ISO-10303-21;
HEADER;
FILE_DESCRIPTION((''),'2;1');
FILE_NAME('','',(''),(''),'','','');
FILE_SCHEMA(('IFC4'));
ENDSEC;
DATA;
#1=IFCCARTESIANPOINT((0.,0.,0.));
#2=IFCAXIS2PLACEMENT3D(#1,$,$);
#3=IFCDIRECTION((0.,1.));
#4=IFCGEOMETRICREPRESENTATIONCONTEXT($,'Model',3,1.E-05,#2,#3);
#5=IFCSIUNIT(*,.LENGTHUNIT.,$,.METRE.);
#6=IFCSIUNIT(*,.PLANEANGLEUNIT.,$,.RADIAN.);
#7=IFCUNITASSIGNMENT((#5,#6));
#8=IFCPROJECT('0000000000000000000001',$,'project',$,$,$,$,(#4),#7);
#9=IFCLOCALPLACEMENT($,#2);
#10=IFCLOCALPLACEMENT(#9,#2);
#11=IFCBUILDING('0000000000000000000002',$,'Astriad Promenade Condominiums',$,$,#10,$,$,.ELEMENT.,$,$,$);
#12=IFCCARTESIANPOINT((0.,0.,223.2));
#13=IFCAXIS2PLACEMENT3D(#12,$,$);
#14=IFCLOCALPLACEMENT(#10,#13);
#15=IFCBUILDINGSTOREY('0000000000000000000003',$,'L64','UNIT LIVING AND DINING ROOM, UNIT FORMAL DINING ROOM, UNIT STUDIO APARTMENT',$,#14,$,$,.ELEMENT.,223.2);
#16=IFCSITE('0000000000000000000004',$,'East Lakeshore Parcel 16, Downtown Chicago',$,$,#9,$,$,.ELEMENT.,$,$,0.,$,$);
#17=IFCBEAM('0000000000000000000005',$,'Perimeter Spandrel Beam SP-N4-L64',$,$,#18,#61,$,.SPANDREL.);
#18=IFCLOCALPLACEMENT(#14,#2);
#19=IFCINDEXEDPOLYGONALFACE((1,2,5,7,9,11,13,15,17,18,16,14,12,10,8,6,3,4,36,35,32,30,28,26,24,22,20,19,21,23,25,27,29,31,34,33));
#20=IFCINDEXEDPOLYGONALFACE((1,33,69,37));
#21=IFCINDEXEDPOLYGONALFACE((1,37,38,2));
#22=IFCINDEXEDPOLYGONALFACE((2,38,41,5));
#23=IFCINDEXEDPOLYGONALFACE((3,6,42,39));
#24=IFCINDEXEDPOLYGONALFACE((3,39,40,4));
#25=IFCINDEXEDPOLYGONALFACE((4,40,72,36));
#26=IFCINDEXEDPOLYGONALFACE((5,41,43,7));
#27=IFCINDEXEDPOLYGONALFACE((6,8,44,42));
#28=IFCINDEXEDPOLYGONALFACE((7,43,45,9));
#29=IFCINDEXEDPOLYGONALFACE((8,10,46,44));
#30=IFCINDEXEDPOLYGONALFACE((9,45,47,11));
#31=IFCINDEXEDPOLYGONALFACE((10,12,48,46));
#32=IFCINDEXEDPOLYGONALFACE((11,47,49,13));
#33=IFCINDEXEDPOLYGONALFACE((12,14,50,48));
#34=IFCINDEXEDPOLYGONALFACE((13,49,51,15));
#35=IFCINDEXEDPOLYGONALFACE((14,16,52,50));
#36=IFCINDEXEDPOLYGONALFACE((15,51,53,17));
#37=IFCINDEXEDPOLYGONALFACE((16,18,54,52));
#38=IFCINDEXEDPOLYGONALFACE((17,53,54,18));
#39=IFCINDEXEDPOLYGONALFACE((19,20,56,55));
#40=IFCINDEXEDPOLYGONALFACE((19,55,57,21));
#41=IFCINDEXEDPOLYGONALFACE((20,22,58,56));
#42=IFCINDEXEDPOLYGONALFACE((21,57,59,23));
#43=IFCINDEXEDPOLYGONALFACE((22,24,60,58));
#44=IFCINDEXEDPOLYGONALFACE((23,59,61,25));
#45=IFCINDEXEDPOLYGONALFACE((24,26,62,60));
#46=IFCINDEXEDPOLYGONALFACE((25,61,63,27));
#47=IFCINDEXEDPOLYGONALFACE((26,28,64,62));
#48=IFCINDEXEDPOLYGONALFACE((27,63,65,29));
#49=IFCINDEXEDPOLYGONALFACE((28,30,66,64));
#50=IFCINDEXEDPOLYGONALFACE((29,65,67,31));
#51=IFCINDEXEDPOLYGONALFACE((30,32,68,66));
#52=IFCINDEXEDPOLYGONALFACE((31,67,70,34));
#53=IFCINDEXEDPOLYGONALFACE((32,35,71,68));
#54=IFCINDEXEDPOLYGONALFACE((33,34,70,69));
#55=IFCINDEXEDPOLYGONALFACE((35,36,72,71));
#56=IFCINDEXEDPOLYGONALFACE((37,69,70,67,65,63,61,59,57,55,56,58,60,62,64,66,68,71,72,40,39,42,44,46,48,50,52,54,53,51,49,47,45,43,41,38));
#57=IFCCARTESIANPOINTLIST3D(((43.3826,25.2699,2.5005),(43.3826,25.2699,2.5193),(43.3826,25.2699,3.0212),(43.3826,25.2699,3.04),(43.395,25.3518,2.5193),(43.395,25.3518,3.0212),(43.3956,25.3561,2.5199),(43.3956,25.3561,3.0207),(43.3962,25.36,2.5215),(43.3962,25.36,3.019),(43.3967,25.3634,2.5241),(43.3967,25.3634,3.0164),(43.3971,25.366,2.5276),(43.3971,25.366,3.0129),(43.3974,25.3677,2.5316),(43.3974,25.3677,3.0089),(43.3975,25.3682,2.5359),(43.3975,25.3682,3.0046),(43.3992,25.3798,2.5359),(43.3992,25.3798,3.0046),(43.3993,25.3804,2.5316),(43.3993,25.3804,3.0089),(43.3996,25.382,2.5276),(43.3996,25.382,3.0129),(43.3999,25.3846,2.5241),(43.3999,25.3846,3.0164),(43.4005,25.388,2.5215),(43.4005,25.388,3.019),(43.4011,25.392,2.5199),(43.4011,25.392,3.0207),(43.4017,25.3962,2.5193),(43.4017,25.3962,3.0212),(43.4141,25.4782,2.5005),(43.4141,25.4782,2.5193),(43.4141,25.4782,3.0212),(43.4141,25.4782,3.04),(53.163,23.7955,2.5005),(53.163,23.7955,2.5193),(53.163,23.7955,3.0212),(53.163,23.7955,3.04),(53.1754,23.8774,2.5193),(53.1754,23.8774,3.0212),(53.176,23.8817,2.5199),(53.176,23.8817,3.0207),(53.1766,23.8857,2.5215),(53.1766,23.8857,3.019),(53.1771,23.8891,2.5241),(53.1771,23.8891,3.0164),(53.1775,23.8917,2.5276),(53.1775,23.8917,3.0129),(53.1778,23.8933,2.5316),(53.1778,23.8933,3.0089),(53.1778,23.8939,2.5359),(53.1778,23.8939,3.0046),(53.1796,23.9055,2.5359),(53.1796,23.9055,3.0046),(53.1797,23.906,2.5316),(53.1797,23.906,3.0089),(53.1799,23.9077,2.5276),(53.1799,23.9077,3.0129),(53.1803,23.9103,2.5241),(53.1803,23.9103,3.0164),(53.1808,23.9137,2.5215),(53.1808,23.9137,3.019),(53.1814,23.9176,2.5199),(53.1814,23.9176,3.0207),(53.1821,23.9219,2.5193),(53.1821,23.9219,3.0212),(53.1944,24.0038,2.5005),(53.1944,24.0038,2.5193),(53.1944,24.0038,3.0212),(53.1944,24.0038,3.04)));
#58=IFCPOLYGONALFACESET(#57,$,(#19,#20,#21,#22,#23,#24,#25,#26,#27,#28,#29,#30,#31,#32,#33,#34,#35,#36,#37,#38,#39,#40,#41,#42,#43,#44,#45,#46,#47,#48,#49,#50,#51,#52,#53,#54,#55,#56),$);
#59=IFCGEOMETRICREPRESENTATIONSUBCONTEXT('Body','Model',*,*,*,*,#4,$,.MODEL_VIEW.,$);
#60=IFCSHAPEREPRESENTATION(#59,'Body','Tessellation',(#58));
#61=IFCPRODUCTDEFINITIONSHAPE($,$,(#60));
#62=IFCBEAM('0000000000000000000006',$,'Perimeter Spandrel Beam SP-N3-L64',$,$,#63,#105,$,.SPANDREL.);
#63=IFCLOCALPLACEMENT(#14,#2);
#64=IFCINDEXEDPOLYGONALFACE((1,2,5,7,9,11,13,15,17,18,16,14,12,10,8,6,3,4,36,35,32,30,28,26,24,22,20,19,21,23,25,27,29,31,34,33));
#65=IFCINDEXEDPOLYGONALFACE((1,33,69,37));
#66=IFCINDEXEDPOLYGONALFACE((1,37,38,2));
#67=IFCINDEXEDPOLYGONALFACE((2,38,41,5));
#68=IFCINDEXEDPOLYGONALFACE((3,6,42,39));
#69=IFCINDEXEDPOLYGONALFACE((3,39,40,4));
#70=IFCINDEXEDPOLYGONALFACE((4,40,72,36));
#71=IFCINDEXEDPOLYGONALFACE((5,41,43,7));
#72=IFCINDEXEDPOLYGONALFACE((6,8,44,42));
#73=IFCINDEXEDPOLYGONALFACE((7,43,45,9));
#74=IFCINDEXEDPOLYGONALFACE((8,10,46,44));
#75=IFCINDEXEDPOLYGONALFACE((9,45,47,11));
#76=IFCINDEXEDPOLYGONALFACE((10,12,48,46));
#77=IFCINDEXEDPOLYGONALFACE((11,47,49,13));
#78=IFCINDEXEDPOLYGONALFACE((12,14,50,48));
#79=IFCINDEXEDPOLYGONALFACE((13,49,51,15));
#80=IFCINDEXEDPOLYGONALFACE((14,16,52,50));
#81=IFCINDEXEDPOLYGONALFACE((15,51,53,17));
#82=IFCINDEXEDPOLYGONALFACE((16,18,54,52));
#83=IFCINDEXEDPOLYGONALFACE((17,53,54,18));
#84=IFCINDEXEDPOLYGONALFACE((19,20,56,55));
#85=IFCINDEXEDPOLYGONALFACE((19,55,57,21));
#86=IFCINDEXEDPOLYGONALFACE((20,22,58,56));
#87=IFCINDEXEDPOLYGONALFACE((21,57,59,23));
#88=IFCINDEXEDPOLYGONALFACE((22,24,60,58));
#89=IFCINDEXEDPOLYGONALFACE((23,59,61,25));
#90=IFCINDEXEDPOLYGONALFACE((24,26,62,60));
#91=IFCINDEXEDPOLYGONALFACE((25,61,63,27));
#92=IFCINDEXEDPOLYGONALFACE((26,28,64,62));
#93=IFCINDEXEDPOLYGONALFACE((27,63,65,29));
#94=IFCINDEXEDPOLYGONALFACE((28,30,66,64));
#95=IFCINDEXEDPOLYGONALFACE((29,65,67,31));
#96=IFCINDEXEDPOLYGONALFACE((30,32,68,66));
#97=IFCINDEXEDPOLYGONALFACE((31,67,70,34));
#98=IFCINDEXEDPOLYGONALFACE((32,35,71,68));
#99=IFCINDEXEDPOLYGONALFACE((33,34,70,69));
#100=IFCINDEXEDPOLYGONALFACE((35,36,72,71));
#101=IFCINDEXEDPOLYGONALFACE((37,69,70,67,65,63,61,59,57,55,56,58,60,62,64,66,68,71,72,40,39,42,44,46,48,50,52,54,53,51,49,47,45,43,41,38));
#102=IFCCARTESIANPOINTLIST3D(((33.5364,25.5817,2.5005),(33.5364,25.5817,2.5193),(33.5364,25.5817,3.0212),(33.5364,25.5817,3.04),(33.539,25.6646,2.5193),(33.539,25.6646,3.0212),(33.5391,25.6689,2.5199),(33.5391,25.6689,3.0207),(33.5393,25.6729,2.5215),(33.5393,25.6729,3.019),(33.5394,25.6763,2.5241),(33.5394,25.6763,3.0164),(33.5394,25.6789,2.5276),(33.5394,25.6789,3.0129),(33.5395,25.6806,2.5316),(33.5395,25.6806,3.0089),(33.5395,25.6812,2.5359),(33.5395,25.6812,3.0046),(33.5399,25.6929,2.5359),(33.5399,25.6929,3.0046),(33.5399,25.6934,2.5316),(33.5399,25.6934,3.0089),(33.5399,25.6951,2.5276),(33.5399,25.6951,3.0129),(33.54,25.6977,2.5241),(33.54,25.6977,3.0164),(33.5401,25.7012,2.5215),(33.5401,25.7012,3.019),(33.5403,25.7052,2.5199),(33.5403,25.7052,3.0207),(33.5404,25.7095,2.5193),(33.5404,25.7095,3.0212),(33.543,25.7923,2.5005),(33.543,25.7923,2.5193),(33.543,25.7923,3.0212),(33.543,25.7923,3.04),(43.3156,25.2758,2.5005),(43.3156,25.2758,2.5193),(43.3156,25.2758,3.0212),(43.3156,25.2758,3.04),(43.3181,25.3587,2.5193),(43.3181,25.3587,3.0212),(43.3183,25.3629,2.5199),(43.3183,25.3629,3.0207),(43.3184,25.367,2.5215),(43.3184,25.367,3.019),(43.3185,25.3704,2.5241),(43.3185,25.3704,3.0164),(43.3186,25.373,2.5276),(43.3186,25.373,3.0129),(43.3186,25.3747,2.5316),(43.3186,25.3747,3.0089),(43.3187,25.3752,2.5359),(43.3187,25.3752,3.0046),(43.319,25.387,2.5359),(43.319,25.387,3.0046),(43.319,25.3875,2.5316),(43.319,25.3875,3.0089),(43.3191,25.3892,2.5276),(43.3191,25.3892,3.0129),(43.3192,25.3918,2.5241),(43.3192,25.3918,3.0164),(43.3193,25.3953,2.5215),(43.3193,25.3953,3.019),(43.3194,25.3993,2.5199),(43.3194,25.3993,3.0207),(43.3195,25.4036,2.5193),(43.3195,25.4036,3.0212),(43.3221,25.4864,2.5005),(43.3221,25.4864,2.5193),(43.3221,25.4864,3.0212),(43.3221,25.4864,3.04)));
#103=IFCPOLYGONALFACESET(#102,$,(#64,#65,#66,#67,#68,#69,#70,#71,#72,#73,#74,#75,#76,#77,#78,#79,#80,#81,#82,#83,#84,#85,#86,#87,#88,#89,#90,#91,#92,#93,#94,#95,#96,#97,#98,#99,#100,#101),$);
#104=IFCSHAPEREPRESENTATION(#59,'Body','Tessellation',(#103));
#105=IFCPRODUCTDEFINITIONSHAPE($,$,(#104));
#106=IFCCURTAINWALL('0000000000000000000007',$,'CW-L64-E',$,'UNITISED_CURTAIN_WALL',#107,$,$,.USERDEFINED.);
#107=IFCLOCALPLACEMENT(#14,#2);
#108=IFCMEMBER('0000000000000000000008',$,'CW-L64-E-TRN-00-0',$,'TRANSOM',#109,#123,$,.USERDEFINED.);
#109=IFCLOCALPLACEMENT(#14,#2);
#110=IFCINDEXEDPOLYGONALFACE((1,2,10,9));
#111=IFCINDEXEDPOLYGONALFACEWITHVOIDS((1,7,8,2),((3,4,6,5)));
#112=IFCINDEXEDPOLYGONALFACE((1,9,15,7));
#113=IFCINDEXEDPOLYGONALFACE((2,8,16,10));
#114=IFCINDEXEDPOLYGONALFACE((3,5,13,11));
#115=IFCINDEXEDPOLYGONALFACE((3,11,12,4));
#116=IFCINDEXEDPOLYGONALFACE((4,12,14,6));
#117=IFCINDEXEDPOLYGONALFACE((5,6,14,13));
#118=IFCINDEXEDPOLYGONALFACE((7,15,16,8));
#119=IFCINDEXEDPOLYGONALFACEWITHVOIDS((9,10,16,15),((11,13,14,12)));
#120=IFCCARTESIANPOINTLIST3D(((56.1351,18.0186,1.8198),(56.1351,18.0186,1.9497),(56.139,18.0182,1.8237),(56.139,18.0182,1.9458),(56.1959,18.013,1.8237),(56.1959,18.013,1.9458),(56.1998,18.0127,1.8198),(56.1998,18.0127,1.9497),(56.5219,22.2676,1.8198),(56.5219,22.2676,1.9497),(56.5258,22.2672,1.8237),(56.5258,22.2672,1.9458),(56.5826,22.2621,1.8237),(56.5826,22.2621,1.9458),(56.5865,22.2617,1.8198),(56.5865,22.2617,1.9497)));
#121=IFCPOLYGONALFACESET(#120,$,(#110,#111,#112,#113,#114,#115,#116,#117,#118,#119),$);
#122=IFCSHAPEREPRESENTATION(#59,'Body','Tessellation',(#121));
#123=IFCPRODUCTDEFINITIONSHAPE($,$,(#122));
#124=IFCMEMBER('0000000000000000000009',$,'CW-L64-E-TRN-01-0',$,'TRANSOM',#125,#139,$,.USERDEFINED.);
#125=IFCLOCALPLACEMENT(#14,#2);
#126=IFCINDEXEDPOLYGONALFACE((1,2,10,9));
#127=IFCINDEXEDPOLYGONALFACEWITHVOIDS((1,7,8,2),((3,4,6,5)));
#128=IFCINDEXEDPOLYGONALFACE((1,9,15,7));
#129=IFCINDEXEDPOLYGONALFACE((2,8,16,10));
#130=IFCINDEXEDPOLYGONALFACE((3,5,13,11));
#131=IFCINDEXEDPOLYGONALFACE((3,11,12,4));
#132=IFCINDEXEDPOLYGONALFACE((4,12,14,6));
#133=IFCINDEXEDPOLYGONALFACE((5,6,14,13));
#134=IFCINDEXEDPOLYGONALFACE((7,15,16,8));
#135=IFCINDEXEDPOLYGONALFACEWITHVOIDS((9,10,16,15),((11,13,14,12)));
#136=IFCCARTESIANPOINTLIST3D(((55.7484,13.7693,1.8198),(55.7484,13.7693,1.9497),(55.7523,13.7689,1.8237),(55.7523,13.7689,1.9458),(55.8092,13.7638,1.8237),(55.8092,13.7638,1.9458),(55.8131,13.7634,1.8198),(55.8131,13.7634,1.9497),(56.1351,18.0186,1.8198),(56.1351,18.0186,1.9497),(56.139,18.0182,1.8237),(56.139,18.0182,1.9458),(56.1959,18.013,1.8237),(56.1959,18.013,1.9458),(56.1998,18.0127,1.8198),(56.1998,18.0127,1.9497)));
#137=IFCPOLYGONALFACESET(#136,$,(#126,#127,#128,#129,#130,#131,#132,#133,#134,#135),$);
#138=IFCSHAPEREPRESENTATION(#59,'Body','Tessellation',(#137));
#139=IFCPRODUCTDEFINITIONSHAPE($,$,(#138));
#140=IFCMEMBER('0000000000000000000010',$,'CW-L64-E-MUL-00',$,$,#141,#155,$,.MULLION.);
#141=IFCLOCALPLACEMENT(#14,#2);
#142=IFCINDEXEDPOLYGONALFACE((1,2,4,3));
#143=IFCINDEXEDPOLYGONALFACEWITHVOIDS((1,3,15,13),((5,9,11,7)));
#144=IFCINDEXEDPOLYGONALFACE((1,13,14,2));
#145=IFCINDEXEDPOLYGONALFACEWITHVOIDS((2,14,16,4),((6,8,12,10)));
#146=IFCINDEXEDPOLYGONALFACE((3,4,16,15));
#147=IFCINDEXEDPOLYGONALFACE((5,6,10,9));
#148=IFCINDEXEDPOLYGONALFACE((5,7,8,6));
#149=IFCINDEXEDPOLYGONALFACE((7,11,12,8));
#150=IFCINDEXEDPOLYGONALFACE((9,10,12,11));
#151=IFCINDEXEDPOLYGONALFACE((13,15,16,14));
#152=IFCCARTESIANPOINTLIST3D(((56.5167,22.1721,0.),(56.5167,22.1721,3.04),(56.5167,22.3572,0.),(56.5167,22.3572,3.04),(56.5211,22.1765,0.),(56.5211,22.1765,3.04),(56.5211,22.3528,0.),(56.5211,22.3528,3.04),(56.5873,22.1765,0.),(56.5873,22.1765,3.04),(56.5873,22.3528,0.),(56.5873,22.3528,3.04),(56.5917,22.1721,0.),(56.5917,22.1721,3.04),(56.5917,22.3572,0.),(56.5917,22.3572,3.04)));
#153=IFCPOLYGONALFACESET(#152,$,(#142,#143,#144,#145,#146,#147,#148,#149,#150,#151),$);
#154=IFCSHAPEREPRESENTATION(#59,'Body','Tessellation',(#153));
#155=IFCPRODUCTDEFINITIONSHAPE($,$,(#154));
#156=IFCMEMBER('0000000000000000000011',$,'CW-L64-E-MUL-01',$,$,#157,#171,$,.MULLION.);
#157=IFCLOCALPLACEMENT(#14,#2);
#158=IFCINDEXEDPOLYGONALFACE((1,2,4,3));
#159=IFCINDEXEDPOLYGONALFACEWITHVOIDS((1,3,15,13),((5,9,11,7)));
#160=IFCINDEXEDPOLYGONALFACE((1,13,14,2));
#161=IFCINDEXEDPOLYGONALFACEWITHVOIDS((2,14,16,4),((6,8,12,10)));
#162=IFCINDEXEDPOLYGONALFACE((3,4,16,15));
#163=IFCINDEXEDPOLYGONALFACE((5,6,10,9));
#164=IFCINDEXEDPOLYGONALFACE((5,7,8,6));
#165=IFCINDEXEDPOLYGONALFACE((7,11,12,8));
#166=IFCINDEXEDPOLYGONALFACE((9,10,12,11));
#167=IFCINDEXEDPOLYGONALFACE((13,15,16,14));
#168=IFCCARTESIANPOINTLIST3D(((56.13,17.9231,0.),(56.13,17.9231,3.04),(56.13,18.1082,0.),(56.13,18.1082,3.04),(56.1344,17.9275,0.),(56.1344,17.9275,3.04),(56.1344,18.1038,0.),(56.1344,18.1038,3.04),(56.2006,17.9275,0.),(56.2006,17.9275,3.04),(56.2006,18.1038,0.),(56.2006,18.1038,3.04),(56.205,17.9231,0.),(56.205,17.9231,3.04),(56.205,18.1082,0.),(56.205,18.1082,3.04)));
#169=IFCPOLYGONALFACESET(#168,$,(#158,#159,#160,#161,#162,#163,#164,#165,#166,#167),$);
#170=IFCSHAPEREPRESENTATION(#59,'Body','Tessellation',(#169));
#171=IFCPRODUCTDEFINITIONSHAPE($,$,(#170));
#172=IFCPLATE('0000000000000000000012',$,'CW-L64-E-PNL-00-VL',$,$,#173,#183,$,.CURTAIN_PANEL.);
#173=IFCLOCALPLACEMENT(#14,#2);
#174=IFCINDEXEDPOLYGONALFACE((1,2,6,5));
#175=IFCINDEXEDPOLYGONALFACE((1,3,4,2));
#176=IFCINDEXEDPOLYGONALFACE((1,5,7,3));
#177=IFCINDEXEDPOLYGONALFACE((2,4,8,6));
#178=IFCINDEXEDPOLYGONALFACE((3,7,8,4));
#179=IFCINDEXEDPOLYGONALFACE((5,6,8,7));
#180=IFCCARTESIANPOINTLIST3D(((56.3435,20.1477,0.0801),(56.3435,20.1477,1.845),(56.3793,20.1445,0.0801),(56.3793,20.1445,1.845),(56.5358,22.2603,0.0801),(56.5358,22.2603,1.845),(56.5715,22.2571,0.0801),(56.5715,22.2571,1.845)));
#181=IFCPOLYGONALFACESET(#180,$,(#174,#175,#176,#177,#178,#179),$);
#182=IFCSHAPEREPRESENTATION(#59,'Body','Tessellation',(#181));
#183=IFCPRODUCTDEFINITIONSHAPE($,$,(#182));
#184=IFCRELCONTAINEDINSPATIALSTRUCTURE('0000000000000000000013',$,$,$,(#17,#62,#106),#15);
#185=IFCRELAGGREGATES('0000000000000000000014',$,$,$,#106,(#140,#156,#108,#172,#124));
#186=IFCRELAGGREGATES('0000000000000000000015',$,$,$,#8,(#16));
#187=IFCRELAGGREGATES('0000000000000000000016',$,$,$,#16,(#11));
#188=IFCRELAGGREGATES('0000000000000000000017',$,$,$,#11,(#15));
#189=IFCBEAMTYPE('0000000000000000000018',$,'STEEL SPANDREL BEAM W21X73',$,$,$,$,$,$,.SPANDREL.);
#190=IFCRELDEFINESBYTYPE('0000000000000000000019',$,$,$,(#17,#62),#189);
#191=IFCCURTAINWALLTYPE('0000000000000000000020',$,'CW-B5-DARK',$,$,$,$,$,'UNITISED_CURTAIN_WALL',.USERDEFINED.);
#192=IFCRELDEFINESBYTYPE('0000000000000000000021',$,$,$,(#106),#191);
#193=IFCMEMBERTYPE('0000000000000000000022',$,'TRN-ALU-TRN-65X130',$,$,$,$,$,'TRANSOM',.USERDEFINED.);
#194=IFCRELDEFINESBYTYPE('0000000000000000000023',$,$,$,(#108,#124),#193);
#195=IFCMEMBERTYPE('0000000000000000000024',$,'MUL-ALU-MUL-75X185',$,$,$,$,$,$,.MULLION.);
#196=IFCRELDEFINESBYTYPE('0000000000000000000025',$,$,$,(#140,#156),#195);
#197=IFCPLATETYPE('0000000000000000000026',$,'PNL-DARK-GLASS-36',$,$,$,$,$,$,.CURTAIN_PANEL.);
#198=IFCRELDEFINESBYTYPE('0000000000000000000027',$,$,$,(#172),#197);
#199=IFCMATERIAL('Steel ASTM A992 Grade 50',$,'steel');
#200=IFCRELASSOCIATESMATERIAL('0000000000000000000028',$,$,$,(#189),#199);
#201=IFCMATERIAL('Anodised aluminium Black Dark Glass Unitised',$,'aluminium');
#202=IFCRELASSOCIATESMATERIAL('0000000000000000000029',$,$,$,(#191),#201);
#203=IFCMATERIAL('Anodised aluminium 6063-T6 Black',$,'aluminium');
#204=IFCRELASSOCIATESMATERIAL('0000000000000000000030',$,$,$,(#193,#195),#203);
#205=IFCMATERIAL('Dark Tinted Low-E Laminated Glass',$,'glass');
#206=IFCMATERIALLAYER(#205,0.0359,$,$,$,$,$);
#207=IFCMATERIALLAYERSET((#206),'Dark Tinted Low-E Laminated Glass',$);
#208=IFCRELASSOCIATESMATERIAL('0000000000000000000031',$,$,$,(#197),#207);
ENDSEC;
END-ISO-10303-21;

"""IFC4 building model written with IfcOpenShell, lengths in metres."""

from ifc_helpers import new_model, si_unit, direction, frame, origin, origin_2d, place, context, subcontext, project, spatial, rectangle, hollow_rectangle, i_section, extrude, source, transform, mapped, material, layer, layer_set, material_profile, profile_set, type_object, type_shapes, element, aggregate, save


model = new_model("IFC4")

# Units and contexts
model_context = context("Model", 3, precision=1e-05, world=origin(), true_north=direction((0.0, 1.0)))
body_context = subcontext(model_context, "Body", "Model", "MODEL_VIEW")
ifc_project = project(units=[si_unit("LENGTHUNIT", "METRE"), si_unit("PLANEANGLEUNIT", "RADIAN")], contexts=[model_context])

# Site, building, storey
site_placement = place(None, origin())
site = spatial("IfcSite", under=ifc_project, at=site_placement, Name="East Lakeshore Parcel 16, Downtown Chicago", CompositionType="ELEMENT", RefElevation=0.0)
building_placement = place(site_placement, origin())
building = spatial("IfcBuilding", under=site, at=building_placement, Name="Astriad Promenade Condominiums", CompositionType="ELEMENT")
storey_placement = place(building_placement, frame((0.0, 0.0, 223.2)))
storey = spatial("IfcBuildingStorey", under=building, at=storey_placement, Name="L64", Description="UNIT LIVING AND DINING ROOM, UNIT FORMAL DINING ROOM, UNIT STUDIO APARTMENT", CompositionType="ELEMENT", Elevation=223.2)

# Shared definitions
ifc_material_1 = material(Name="Steel ASTM A992 Grade 50", Category="steel")

# Beams
ifc_material_profile_1 = material_profile(ifc_material_1, i_section(OverallWidth=0.2107, OverallDepth=0.5396, WebThickness=0.0117, FlangeThickness=0.0188, FilletRadius=0.0166, at=origin_2d()), Name="W21X73")
ifc_profile_set_1 = profile_set([ifc_material_profile_1], Name="Steel ASTM A992 Grade 50")
beam_type_1 = type_object("IfcBeamType", Name="STEEL SPANDREL BEAM W21X73", PredefinedType="SPANDREL", material=ifc_profile_set_1)
shared_shape_1 = source(origin(), body_context, "Body", "SweptSolid", [
    extrude(i_section(OverallWidth=0.2107, OverallDepth=0.5396, WebThickness=0.0117, FlangeThickness=0.0188, FilletRadius=0.0166, at=origin_2d()), origin(), (0.0, 0.0, 1.0), 9.8909),
])
beam_1_placement = place(storey_placement, frame((53.1787, 23.8997, 2.7703), z_axis=(-0.988827, 0.149065, 0.0), x_axis=(-0.149065, -0.988827, 0.0)))
element("IfcBeam", 1, at=beam_1_placement, inside=storey, type_object=beam_type_1, Name="Perimeter Spandrel Beam SP-N4-L64", PredefinedType="SPANDREL", context=body_context, shape_type="MappedRepresentation", body=[
    mapped(shared_shape_1, transform((0.0, 0.0, 0.0), scale=1.0)),
])
shared_shape_2 = source(origin(), body_context, "Body", "SweptSolid", [
    extrude(i_section(OverallWidth=0.2107, OverallDepth=0.5396, WebThickness=0.0117, FlangeThickness=0.0188, FilletRadius=0.0166, at=origin_2d()), origin(), (0.0, 0.0, 1.0), 9.7839),
])
type_shapes(beam_type_1, [shared_shape_1, shared_shape_2])
beam_2_placement = place(storey_placement, frame((43.3188, 25.3811, 2.7703), z_axis=(-0.999511, 0.031267, 0.0), x_axis=(-0.031267, -0.999511, 0.0)))
element("IfcBeam", 2, at=beam_2_placement, inside=storey, type_object=beam_type_1, Name="Perimeter Spandrel Beam SP-N3-L64", PredefinedType="SPANDREL", context=body_context, shape_type="MappedRepresentation", body=[
    mapped(shared_shape_2, transform((0.0, 0.0, 0.0), scale=1.0)),
])

# Curtain wall, members, plate
ifc_material_2 = material(Name="Anodised aluminium Black Dark Glass Unitised", Category="aluminium")
curtain_wall_type = type_object("IfcCurtainWallType", Name="CW-B5-DARK", ElementType="UNITISED_CURTAIN_WALL", PredefinedType="USERDEFINED", material=ifc_material_2)
curtain_wall_placement = place(storey_placement, origin())
curtain_wall = element("IfcCurtainWall", 3, at=curtain_wall_placement, inside=storey, type_object=curtain_wall_type, Name="CW-L64-E", ObjectType="UNITISED_CURTAIN_WALL", PredefinedType="USERDEFINED")
ifc_material_3 = material(Name="Anodised aluminium 6063-T6 Black", Category="aluminium")
ifc_material_profile_2 = material_profile(ifc_material_3, hollow_rectangle(XDim=0.0649, YDim=0.1299, WallThickness=0.0039, at=origin_2d()), Name="ALU-TRN-65X130")
ifc_profile_set_2 = profile_set([ifc_material_profile_2], Name="Anodised aluminium 6063-T6 Black")
member_type_1 = type_object("IfcMemberType", Name="TRN-ALU-TRN-65X130", ElementType="TRANSOM", PredefinedType="USERDEFINED", material=ifc_profile_set_2)
shared_shape_3 = source(origin(), body_context, "Body", "SweptSolid", [
    extrude(hollow_rectangle(XDim=0.0649, YDim=0.1299, WallThickness=0.0039, at=origin_2d()), origin(), (0.0, 0.0, 1.0), 4.2666),
])
member_1_placement = place(storey_placement, frame((56.5542, 22.2646, 1.8848), z_axis=(-0.090639, -0.995884, 0.0), x_axis=(0.995884, -0.090639, 0.0)))
member_1 = element("IfcMember", 4, at=member_1_placement, type_object=member_type_1, Name="CW-L64-E-TRN-00-0", ObjectType="TRANSOM", PredefinedType="USERDEFINED", context=body_context, shape_type="MappedRepresentation", body=[
    mapped(shared_shape_3, transform((0.0, 0.0, 0.0), scale=1.0)),
])
shared_shape_4 = source(origin(), body_context, "Body", "SweptSolid", [
    extrude(hollow_rectangle(XDim=0.0649, YDim=0.1299, WallThickness=0.0039, at=origin_2d()), origin(), (0.0, 0.0, 1.0), 4.2668),
])
type_shapes(member_type_1, [shared_shape_3, shared_shape_4])
member_2_placement = place(storey_placement, frame((56.1675, 18.0156, 1.8848), z_axis=(-0.090634, -0.995884, 0.0), x_axis=(0.995884, -0.090634, 0.0)))
member_2 = element("IfcMember", 5, at=member_2_placement, type_object=member_type_1, Name="CW-L64-E-TRN-01-0", ObjectType="TRANSOM", PredefinedType="USERDEFINED", context=body_context, shape_type="MappedRepresentation", body=[
    mapped(shared_shape_4, transform((0.0, 0.0, 0.0), scale=1.0)),
])
ifc_material_profile_3 = material_profile(ifc_material_3, hollow_rectangle(XDim=0.075, YDim=0.1851, WallThickness=0.0044, at=origin_2d()), Name="ALU-MUL-75X185")
ifc_profile_set_3 = profile_set([ifc_material_profile_3], Name="Anodised aluminium 6063-T6 Black")
member_type_2 = type_object("IfcMemberType", Name="MUL-ALU-MUL-75X185", PredefinedType="MULLION", material=ifc_profile_set_3)
shared_shape_5 = source(origin(), body_context, "Body", "SweptSolid", [
    extrude(hollow_rectangle(XDim=0.075, YDim=0.1851, WallThickness=0.0044, at=origin_2d()), origin(), (0.0, 0.0, 1.0), 3.04),
])
type_shapes(member_type_2, [shared_shape_5])
member_3_placement = place(storey_placement, frame((56.5542, 22.2646, 0.0), z_axis=(0.0, 0.0, 1.0), x_axis=(1.0, 0.0, 0.0)))
member_3 = element("IfcMember", 6, at=member_3_placement, type_object=member_type_2, Name="CW-L64-E-MUL-00", PredefinedType="MULLION", context=body_context, shape_type="MappedRepresentation", body=[
    mapped(shared_shape_5, transform((0.0, 0.0, 0.0), scale=1.0)),
])
member_4_placement = place(storey_placement, frame((56.1675, 18.0156, 0.0), z_axis=(0.0, 0.0, 1.0), x_axis=(1.0, 0.0, 0.0)))
member_4 = element("IfcMember", 7, at=member_4_placement, type_object=member_type_2, Name="CW-L64-E-MUL-01", PredefinedType="MULLION", context=body_context, shape_type="MappedRepresentation", body=[
    mapped(shared_shape_5, transform((0.0, 0.0, 0.0), scale=1.0)),
])
ifc_material_4 = material(Name="Dark Tinted Low-E Laminated Glass", Category="glass")
ifc_layer_1 = layer(ifc_material_4, 0.0359)
ifc_layer_set_1 = layer_set([ifc_layer_1], Name="Dark Tinted Low-E Laminated Glass")
plate_type = type_object("IfcPlateType", Name="PNL-DARK-GLASS-36", PredefinedType="CURTAIN_PANEL", material=ifc_layer_set_1)
shared_shape_6 = source(origin(), body_context, "Body", "SweptSolid", [
    extrude(rectangle(XDim=2.1213, YDim=0.0359, at=origin_2d()), origin(), (0.0, 0.0, 1.0), 1.7649),
])
plate_1_placement = place(storey_placement, frame((56.4575, 21.2024, 0.0801), z_axis=(0.0, 0.0, 1.0), x_axis=(-0.090633, -0.995884, 0.0)))
plate_1 = element("IfcPlate", 8, at=plate_1_placement, type_object=plate_type, Name="CW-L64-E-PNL-00-VL", PredefinedType="CURTAIN_PANEL", context=body_context, shape_type="MappedRepresentation", body=[
    mapped(shared_shape_6, transform((0.0, 0.0, 0.0), scale=1.0)),
])
aggregate(curtain_wall, [member_3, member_4, member_1, plate_1, member_2])

save(model, "model.ifc")
